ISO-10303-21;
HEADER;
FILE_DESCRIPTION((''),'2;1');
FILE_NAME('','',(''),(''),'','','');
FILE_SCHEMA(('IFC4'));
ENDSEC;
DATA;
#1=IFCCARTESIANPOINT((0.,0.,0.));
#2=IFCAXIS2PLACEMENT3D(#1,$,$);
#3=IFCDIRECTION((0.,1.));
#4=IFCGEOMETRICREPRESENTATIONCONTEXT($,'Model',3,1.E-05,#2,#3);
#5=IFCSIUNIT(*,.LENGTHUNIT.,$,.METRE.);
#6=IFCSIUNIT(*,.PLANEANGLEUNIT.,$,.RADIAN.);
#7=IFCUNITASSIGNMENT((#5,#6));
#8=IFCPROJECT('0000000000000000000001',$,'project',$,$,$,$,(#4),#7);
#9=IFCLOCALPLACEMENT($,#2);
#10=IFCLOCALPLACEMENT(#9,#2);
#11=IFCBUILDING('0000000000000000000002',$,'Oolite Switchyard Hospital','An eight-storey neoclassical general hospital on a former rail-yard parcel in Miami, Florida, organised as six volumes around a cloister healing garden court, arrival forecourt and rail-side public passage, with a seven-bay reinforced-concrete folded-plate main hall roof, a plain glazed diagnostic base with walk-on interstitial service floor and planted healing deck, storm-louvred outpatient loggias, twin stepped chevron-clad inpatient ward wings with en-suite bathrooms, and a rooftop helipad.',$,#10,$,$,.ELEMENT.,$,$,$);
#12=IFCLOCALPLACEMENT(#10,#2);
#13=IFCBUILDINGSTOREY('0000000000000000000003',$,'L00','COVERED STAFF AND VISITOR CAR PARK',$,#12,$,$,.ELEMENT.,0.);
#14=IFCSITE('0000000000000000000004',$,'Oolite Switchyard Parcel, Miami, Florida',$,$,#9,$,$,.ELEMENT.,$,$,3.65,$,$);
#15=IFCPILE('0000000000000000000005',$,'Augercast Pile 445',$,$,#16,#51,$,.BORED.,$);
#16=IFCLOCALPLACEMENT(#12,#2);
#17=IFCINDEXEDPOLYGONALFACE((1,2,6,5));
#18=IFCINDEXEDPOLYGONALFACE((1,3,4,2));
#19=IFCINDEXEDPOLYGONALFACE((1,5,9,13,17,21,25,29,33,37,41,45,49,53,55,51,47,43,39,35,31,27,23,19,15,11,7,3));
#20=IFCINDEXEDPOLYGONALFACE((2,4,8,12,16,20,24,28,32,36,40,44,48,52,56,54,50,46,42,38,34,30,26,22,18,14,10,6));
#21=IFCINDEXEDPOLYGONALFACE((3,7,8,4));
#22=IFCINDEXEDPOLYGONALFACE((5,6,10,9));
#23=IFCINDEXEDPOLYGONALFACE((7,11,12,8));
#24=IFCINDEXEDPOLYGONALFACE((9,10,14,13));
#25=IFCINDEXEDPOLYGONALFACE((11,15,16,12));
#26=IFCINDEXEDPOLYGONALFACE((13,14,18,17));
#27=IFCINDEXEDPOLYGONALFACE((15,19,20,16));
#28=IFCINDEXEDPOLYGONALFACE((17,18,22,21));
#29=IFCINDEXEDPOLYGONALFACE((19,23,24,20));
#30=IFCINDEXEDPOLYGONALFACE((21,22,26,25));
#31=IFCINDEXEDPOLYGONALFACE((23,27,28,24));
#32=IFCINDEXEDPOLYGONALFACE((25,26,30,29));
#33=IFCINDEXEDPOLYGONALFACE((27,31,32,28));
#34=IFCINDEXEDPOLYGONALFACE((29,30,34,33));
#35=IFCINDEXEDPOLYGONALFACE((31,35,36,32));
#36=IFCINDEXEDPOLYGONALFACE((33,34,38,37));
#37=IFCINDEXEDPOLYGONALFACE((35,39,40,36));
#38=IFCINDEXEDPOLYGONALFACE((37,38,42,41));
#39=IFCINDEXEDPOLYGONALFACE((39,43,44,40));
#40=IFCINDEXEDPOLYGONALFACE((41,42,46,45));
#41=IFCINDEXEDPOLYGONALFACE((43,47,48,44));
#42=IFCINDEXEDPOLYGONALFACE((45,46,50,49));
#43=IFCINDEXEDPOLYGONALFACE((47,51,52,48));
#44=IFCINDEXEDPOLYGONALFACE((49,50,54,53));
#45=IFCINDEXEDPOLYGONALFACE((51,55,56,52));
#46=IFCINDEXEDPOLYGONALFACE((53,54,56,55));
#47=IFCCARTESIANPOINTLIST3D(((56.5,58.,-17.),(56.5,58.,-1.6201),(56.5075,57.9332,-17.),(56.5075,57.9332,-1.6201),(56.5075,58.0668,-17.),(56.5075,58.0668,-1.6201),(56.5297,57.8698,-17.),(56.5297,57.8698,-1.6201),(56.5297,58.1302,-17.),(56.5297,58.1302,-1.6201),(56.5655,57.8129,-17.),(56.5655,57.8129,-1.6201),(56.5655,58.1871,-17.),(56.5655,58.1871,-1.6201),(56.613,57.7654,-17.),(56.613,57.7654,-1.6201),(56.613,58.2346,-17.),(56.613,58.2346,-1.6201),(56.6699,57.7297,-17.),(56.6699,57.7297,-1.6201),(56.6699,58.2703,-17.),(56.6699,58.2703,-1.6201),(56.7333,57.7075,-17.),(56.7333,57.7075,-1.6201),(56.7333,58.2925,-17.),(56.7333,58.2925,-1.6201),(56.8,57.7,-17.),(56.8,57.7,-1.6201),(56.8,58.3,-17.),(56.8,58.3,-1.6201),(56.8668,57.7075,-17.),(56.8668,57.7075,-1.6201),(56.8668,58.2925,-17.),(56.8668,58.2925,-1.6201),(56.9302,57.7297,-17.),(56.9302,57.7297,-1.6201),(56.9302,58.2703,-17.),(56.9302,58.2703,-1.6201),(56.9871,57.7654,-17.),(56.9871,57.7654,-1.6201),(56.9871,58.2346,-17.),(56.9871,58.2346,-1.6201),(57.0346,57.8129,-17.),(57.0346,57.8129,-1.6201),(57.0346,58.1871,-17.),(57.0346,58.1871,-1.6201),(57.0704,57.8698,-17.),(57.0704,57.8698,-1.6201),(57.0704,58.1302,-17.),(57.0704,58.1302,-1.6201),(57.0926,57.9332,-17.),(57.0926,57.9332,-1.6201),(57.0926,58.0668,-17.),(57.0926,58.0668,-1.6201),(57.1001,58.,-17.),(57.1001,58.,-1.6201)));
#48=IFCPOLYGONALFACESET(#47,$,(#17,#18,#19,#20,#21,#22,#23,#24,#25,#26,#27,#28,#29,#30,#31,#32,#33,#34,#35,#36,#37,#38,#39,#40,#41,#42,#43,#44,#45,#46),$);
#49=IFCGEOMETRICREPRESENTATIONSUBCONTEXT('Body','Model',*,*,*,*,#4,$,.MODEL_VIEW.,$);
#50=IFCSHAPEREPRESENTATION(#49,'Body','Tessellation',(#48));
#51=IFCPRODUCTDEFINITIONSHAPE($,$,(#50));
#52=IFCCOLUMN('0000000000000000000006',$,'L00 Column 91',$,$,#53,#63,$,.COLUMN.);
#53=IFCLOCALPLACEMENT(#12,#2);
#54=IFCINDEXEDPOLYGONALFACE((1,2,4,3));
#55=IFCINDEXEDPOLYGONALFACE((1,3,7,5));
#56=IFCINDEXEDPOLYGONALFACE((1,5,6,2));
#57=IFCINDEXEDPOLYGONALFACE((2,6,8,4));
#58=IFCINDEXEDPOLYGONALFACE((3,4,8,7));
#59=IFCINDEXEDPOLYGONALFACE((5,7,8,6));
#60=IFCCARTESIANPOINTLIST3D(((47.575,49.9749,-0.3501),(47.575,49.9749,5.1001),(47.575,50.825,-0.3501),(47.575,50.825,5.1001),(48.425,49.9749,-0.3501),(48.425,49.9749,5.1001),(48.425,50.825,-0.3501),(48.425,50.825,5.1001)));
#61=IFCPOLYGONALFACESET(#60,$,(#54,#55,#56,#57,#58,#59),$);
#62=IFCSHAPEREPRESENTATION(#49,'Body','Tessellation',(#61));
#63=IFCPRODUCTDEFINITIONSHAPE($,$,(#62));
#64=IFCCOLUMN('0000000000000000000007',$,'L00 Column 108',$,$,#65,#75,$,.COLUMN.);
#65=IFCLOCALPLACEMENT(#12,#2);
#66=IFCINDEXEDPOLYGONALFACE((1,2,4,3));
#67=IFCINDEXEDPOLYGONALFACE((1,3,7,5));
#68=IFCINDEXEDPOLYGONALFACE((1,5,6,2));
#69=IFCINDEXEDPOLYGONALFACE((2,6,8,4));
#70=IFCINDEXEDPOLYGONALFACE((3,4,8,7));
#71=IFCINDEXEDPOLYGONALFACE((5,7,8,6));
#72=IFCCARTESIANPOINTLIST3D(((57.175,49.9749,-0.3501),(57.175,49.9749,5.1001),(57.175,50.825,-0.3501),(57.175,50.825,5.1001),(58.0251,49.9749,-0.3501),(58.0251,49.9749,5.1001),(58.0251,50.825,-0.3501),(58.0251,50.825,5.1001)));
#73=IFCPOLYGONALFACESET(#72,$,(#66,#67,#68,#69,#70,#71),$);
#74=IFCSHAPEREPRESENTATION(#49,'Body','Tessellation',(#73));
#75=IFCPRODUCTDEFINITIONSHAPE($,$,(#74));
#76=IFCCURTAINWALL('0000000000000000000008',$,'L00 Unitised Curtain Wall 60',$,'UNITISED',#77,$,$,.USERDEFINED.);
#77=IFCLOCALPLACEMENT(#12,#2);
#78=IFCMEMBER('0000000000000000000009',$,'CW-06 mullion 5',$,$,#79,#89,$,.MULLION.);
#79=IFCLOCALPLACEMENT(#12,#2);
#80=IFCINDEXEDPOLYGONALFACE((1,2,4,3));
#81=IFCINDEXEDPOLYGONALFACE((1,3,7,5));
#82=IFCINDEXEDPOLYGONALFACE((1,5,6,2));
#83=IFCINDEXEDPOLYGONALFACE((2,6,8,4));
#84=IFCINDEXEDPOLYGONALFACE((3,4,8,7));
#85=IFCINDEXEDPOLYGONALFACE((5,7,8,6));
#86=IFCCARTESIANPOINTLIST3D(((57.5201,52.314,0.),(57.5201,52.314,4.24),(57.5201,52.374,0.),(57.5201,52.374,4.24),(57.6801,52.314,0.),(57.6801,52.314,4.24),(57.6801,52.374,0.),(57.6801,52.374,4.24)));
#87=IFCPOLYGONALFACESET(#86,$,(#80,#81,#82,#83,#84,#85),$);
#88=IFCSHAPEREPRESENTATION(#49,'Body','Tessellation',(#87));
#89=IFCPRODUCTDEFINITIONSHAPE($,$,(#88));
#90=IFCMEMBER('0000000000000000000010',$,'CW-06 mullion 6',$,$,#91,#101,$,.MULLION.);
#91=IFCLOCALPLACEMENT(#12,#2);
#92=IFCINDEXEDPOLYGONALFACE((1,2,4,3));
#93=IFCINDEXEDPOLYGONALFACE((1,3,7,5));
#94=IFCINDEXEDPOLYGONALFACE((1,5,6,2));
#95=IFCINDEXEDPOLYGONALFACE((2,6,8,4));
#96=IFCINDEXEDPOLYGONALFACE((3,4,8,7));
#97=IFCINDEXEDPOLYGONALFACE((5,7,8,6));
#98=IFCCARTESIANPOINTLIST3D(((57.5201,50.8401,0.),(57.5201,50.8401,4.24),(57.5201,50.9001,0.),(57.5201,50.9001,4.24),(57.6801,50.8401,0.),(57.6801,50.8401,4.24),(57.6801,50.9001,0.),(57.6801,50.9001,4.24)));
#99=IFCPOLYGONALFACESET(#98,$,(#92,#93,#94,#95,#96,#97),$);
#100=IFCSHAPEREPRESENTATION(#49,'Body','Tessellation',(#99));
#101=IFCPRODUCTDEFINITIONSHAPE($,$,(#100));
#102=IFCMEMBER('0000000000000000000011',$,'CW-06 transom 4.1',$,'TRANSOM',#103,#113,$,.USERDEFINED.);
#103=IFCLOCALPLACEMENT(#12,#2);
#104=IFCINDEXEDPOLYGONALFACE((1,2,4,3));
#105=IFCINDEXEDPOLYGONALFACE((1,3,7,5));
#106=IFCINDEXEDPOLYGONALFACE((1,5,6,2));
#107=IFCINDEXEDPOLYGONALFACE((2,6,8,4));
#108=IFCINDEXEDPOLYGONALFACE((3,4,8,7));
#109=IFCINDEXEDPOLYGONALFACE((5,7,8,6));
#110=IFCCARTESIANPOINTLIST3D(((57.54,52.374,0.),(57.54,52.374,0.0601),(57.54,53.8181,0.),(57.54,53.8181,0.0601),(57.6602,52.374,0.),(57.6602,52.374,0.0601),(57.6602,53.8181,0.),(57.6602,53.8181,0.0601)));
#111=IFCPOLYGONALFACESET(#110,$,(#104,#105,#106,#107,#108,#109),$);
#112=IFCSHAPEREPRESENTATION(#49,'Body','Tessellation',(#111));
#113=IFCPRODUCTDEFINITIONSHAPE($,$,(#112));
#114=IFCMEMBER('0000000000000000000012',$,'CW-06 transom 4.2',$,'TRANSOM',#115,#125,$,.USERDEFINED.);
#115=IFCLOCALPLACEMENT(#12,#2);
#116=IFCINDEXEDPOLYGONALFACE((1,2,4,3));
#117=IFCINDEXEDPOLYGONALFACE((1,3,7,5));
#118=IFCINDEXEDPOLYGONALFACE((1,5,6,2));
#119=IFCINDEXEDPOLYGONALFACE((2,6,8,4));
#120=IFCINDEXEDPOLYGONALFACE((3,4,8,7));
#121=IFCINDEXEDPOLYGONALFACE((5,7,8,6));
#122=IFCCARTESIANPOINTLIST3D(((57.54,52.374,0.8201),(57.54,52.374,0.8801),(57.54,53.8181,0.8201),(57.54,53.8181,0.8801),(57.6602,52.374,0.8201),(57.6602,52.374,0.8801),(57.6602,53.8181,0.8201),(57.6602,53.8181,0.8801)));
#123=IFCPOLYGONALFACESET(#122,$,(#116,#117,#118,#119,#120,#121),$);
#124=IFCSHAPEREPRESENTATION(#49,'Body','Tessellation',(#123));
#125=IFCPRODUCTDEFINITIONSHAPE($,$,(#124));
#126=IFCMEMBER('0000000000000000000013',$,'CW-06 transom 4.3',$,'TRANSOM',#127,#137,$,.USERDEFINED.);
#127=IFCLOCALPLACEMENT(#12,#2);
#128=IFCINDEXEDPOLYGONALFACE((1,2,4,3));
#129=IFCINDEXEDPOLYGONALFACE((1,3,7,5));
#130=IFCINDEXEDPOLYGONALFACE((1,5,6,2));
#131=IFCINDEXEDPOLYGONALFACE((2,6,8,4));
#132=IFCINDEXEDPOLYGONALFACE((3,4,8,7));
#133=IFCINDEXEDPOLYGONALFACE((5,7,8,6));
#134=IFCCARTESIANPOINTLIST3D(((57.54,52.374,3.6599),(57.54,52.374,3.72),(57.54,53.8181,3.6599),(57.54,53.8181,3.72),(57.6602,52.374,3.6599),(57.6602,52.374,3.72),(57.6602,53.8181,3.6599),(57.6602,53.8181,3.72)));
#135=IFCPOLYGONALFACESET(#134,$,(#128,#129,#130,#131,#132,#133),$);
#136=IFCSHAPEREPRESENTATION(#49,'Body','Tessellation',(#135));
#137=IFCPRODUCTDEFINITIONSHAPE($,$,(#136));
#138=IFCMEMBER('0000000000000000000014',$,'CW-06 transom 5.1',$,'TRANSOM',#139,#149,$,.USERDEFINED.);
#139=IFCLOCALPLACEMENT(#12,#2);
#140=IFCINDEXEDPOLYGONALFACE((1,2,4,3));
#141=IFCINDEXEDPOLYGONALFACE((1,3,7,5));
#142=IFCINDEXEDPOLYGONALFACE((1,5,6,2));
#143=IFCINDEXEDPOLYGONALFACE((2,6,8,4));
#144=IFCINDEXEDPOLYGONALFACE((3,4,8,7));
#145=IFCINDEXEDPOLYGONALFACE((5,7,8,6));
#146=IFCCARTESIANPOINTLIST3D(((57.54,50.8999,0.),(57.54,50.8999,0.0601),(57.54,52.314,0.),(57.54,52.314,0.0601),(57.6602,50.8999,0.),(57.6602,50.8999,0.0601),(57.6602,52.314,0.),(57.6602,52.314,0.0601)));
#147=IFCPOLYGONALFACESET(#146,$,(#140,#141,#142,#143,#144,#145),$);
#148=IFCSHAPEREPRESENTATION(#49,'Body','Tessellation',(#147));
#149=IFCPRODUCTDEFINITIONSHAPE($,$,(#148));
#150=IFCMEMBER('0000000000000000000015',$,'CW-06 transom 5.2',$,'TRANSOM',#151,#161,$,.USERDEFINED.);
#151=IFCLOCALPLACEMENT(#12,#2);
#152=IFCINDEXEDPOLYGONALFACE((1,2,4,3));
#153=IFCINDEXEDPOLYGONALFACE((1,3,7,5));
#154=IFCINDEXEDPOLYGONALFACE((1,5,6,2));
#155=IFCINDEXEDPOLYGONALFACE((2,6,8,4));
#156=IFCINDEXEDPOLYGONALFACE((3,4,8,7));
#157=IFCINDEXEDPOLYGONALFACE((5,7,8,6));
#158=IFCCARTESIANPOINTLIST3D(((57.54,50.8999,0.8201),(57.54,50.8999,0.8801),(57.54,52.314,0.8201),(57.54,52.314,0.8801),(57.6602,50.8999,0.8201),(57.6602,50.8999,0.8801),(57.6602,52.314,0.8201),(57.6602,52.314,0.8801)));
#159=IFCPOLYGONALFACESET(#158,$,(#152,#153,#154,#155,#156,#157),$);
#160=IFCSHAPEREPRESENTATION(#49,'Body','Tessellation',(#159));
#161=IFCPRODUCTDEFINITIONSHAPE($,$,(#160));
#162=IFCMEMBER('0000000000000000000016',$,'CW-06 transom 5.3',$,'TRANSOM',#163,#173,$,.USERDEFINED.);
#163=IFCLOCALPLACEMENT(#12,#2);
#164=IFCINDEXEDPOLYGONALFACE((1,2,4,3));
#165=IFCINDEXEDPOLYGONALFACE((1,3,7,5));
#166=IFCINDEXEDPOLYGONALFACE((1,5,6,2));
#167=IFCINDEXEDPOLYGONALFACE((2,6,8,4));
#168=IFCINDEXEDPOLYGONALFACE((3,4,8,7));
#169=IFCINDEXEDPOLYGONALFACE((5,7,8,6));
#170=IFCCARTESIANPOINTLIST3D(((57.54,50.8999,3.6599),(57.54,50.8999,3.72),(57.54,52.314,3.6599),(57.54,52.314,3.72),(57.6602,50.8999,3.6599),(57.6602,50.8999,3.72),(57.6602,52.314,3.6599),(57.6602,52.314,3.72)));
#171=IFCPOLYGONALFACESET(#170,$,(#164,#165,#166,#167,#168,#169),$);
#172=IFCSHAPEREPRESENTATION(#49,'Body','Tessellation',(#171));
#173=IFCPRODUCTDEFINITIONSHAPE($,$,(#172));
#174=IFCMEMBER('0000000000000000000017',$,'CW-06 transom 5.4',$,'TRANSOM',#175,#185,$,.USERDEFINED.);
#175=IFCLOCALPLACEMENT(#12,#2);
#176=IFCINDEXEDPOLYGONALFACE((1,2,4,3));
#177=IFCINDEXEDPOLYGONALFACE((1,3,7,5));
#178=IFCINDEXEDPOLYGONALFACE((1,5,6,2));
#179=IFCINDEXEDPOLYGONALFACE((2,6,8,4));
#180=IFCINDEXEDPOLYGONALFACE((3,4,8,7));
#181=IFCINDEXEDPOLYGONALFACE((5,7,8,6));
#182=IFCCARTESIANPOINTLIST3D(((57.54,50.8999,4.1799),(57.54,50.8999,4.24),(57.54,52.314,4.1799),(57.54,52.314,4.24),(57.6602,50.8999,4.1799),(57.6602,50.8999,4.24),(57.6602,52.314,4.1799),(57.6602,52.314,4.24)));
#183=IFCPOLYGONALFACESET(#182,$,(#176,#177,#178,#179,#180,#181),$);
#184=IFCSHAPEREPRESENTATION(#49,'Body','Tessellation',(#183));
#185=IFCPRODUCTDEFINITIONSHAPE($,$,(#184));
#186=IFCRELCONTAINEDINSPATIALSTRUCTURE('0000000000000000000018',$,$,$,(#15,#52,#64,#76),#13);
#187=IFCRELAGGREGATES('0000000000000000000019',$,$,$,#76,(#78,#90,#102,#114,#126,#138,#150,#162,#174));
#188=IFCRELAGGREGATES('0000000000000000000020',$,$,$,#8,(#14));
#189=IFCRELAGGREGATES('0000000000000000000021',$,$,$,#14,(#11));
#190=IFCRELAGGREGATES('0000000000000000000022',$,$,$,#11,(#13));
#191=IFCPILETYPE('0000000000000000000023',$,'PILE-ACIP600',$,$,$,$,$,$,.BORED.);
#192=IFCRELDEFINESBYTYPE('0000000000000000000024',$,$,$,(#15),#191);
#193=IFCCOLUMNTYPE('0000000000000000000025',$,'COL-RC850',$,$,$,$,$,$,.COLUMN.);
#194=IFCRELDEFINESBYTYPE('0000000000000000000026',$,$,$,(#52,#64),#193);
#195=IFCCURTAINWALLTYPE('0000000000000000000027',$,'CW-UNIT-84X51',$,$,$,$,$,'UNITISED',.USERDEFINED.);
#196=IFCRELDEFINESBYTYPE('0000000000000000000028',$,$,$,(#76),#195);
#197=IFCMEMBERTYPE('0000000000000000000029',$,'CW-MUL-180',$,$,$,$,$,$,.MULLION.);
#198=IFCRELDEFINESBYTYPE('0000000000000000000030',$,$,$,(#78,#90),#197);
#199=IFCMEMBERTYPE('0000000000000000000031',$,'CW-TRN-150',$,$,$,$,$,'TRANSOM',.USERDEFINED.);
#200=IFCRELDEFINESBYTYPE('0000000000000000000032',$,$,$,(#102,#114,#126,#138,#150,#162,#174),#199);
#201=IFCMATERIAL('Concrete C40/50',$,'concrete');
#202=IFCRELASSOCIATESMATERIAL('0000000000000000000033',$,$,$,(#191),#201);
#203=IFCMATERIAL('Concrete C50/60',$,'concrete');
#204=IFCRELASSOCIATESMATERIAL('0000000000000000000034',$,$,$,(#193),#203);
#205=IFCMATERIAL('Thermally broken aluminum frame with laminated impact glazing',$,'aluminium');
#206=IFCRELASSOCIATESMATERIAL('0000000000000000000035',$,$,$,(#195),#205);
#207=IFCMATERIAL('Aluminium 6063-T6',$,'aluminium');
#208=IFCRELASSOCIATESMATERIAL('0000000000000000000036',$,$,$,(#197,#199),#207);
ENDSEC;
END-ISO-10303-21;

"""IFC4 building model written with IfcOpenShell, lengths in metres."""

from ifc_helpers import new_model, si_unit, direction, frame, origin, origin_2d, place, context, subcontext, project, spatial, rectangle, circle, extrude, material, material_profile, profile_set, type_object, element, aggregate, save


model = new_model("IFC4")

# Units and contexts
model_context = context("Model", 3, precision=1e-05, world=origin(), true_north=direction((0.0, 1.0)))
body_context = subcontext(model_context, "Body", "Model", "MODEL_VIEW")
ifc_project = project(units=[si_unit("LENGTHUNIT", "METRE"), si_unit("PLANEANGLEUNIT", "RADIAN")], contexts=[model_context])

# Site, building, storey
site_placement = place(None, origin())
site = spatial("IfcSite", under=ifc_project, at=site_placement, Name="Oolite Switchyard Parcel, Miami, Florida", CompositionType="ELEMENT", RefElevation=3.65)
building_placement = place(site_placement, origin())
building = spatial("IfcBuilding", under=site, at=building_placement, Name="Oolite Switchyard Hospital", Description="An eight-storey neoclassical general hospital on a former rail-yard parcel in Miami, Florida, organised as six volumes around a cloister healing garden court, arrival forecourt and rail-side public passage, with a seven-bay reinforced-concrete folded-plate main hall roof, a plain glazed diagnostic base with walk-on interstitial service floor and planted healing deck, storm-louvred outpatient loggias, twin stepped chevron-clad inpatient ward wings with en-suite bathrooms, and a rooftop helipad.", CompositionType="ELEMENT")
storey_placement = place(building_placement, origin())
storey = spatial("IfcBuildingStorey", under=building, at=storey_placement, Name="L00", Description="COVERED STAFF AND VISITOR CAR PARK", CompositionType="ELEMENT", Elevation=0.0)

# Shared definitions
ifc_material_1 = material(Name="Concrete C40/50", Category="concrete")

# Pile
ifc_material_profile_1 = material_profile(ifc_material_1, circle(Radius=0.3, at=origin_2d()), Name="PILE600")
ifc_profile_set_1 = profile_set([ifc_material_profile_1], Name="Concrete C40/50")
pile_type = type_object("IfcPileType", Name="PILE-ACIP600", PredefinedType="BORED", material=ifc_profile_set_1)
pile_1_placement = place(storey_placement, frame((56.8, 58.0, -1.6201), z_axis=(0.0, 0.0, -1.0), x_axis=(1.0, 0.0, 0.0)))
element("IfcPile", 1, at=pile_1_placement, inside=storey, type_object=pile_type, Name="Augercast Pile 445", PredefinedType="BORED", context=body_context, shape_type="SweptSolid", body=[
    extrude(circle(Radius=0.3, at=origin_2d()), origin(), (0.0, 0.0, 1.0), 15.3799),
])

# Columns
ifc_material_2 = material(Name="Concrete C50/60", Category="concrete")
ifc_material_profile_2 = material_profile(ifc_material_2, rectangle(XDim=0.8501, YDim=0.8501, at=origin_2d()), Name="RC850X850")
ifc_profile_set_2 = profile_set([ifc_material_profile_2], Name="Concrete C50/60")
column_type = type_object("IfcColumnType", Name="COL-RC850", PredefinedType="COLUMN", material=ifc_profile_set_2)
for number, where, z_axis, x_axis, name in (
    (2, (48.0, 50.3999, -0.3501), (0.0, 0.0, 1.0), (1.0, 0.0, 0.0), "L00 Column 91"),
    (3, (57.6001, 50.3999, -0.3501), (0.0, 0.0, 1.0), (1.0, 0.0, 0.0), "L00 Column 108"),
):
    element("IfcColumn", number, at=place(storey_placement, frame(where, z_axis=z_axis, x_axis=x_axis)), inside=storey, type_object=column_type, Name=name, PredefinedType="COLUMN", context=body_context, shape_type="SweptSolid", body=[
        extrude(rectangle(XDim=0.8501, YDim=0.8501, at=origin_2d()), origin(), (0.0, 0.0, 1.0), 5.4502),
    ])

# Curtain wall, members
ifc_material_3 = material(Name="Thermally broken aluminum frame with laminated impact glazing", Category="aluminium")
curtain_wall_type = type_object("IfcCurtainWallType", Name="CW-UNIT-84X51", ElementType="UNITISED", PredefinedType="USERDEFINED", material=ifc_material_3)
curtain_wall_placement = place(storey_placement, origin())
curtain_wall = element("IfcCurtainWall", 4, at=curtain_wall_placement, inside=storey, type_object=curtain_wall_type, Name="L00 Unitised Curtain Wall 60", ObjectType="UNITISED", PredefinedType="USERDEFINED")
ifc_material_4 = material(Name="Aluminium 6063-T6", Category="aluminium")
ifc_material_profile_3 = material_profile(ifc_material_4, rectangle(XDim=0.1599, YDim=0.0601, at=origin_2d()), Name="CWM60X160")
ifc_profile_set_3 = profile_set([ifc_material_profile_3], Name="Aluminium 6063-T6")
member_type_1 = type_object("IfcMemberType", Name="CW-MUL-180", PredefinedType="MULLION", material=ifc_profile_set_3)
member_1_placement = place(storey_placement, frame((57.6001, 52.344, 0.0), z_axis=(0.0, 0.0, 1.0), x_axis=(1.0, 0.0, 0.0)))
member_1 = element("IfcMember", 5, at=member_1_placement, type_object=member_type_1, Name="CW-06 mullion 5", PredefinedType="MULLION", context=body_context, shape_type="SweptSolid", body=[
    extrude(rectangle(XDim=0.1599, YDim=0.0601, at=origin_2d()), origin(), (0.0, 0.0, 1.0), 4.24),
])
member_2_placement = place(storey_placement, frame((57.6001, 50.8701, 0.0), z_axis=(0.0, 0.0, 1.0), x_axis=(1.0, 0.0, 0.0)))
member_2 = element("IfcMember", 6, at=member_2_placement, type_object=member_type_1, Name="CW-06 mullion 6", PredefinedType="MULLION", context=body_context, shape_type="SweptSolid", body=[
    extrude(rectangle(XDim=0.1599, YDim=0.0601, at=origin_2d()), origin(), (0.0, 0.0, 1.0), 4.24),
])
ifc_material_profile_4 = material_profile(ifc_material_4, rectangle(XDim=0.1201, YDim=0.0601, at=origin_2d()), Name="CWT60X120")
ifc_profile_set_4 = profile_set([ifc_material_profile_4], Name="Aluminium 6063-T6")
member_type_2 = type_object("IfcMemberType", Name="CW-TRN-150", ElementType="TRANSOM", PredefinedType="USERDEFINED", material=ifc_profile_set_4)
member_3_placement = place(storey_placement, frame((57.6001, 53.8181, 0.03), z_axis=(0.0, -1.0, 0.0), x_axis=(1.0, 0.0, 0.0)))
member_3 = element("IfcMember", 7, at=member_3_placement, type_object=member_type_2, Name="CW-06 transom 4.1", ObjectType="TRANSOM", PredefinedType="USERDEFINED", context=body_context, shape_type="SweptSolid", body=[
    extrude(rectangle(XDim=0.1201, YDim=0.0601, at=origin_2d()), origin(), (0.0, 0.0, 1.0), 1.4441),
])
member_4_placement = place(storey_placement, frame((57.6001, 53.8181, 0.8501), z_axis=(0.0, -1.0, 0.0), x_axis=(1.0, 0.0, 0.0)))
member_4 = element("IfcMember", 8, at=member_4_placement, type_object=member_type_2, Name="CW-06 transom 4.2", ObjectType="TRANSOM", PredefinedType="USERDEFINED", context=body_context, shape_type="SweptSolid", body=[
    extrude(rectangle(XDim=0.1201, YDim=0.0601, at=origin_2d()), origin(), (0.0, 0.0, 1.0), 1.4441),
])
member_5_placement = place(storey_placement, frame((57.6001, 53.8181, 3.6899), z_axis=(0.0, -1.0, 0.0), x_axis=(1.0, 0.0, 0.0)))
member_5 = element("IfcMember", 9, at=member_5_placement, type_object=member_type_2, Name="CW-06 transom 4.3", ObjectType="TRANSOM", PredefinedType="USERDEFINED", context=body_context, shape_type="SweptSolid", body=[
    extrude(rectangle(XDim=0.1201, YDim=0.0601, at=origin_2d()), origin(), (0.0, 0.0, 1.0), 1.4441),
])
member_6_placement = place(storey_placement, frame((57.6001, 52.314, 0.03), z_axis=(0.0, -1.0, 0.0), x_axis=(1.0, 0.0, 0.0)))
member_6 = element("IfcMember", 10, at=member_6_placement, type_object=member_type_2, Name="CW-06 transom 5.1", ObjectType="TRANSOM", PredefinedType="USERDEFINED", context=body_context, shape_type="SweptSolid", body=[
    extrude(rectangle(XDim=0.1201, YDim=0.0601, at=origin_2d()), origin(), (0.0, 0.0, 1.0), 1.4141),
])
member_7_placement = place(storey_placement, frame((57.6001, 52.314, 0.8501), z_axis=(0.0, -1.0, 0.0), x_axis=(1.0, 0.0, 0.0)))
member_7 = element("IfcMember", 11, at=member_7_placement, type_object=member_type_2, Name="CW-06 transom 5.2", ObjectType="TRANSOM", PredefinedType="USERDEFINED", context=body_context, shape_type="SweptSolid", body=[
    extrude(rectangle(XDim=0.1201, YDim=0.0601, at=origin_2d()), origin(), (0.0, 0.0, 1.0), 1.4141),
])
member_8_placement = place(storey_placement, frame((57.6001, 52.314, 3.6899), z_axis=(0.0, -1.0, 0.0), x_axis=(1.0, 0.0, 0.0)))
member_8 = element("IfcMember", 12, at=member_8_placement, type_object=member_type_2, Name="CW-06 transom 5.3", ObjectType="TRANSOM", PredefinedType="USERDEFINED", context=body_context, shape_type="SweptSolid", body=[
    extrude(rectangle(XDim=0.1201, YDim=0.0601, at=origin_2d()), origin(), (0.0, 0.0, 1.0), 1.4141),
])
member_9_placement = place(storey_placement, frame((57.6001, 52.314, 4.21), z_axis=(0.0, -1.0, 0.0), x_axis=(1.0, 0.0, 0.0)))
member_9 = element("IfcMember", 13, at=member_9_placement, type_object=member_type_2, Name="CW-06 transom 5.4", ObjectType="TRANSOM", PredefinedType="USERDEFINED", context=body_context, shape_type="SweptSolid", body=[
    extrude(rectangle(XDim=0.1201, YDim=0.0601, at=origin_2d()), origin(), (0.0, 0.0, 1.0), 1.4141),
])
aggregate(curtain_wall, [member_1, member_2, member_3, member_4, member_5, member_6, member_7, member_8, member_9])

save(model, "model.ifc")
